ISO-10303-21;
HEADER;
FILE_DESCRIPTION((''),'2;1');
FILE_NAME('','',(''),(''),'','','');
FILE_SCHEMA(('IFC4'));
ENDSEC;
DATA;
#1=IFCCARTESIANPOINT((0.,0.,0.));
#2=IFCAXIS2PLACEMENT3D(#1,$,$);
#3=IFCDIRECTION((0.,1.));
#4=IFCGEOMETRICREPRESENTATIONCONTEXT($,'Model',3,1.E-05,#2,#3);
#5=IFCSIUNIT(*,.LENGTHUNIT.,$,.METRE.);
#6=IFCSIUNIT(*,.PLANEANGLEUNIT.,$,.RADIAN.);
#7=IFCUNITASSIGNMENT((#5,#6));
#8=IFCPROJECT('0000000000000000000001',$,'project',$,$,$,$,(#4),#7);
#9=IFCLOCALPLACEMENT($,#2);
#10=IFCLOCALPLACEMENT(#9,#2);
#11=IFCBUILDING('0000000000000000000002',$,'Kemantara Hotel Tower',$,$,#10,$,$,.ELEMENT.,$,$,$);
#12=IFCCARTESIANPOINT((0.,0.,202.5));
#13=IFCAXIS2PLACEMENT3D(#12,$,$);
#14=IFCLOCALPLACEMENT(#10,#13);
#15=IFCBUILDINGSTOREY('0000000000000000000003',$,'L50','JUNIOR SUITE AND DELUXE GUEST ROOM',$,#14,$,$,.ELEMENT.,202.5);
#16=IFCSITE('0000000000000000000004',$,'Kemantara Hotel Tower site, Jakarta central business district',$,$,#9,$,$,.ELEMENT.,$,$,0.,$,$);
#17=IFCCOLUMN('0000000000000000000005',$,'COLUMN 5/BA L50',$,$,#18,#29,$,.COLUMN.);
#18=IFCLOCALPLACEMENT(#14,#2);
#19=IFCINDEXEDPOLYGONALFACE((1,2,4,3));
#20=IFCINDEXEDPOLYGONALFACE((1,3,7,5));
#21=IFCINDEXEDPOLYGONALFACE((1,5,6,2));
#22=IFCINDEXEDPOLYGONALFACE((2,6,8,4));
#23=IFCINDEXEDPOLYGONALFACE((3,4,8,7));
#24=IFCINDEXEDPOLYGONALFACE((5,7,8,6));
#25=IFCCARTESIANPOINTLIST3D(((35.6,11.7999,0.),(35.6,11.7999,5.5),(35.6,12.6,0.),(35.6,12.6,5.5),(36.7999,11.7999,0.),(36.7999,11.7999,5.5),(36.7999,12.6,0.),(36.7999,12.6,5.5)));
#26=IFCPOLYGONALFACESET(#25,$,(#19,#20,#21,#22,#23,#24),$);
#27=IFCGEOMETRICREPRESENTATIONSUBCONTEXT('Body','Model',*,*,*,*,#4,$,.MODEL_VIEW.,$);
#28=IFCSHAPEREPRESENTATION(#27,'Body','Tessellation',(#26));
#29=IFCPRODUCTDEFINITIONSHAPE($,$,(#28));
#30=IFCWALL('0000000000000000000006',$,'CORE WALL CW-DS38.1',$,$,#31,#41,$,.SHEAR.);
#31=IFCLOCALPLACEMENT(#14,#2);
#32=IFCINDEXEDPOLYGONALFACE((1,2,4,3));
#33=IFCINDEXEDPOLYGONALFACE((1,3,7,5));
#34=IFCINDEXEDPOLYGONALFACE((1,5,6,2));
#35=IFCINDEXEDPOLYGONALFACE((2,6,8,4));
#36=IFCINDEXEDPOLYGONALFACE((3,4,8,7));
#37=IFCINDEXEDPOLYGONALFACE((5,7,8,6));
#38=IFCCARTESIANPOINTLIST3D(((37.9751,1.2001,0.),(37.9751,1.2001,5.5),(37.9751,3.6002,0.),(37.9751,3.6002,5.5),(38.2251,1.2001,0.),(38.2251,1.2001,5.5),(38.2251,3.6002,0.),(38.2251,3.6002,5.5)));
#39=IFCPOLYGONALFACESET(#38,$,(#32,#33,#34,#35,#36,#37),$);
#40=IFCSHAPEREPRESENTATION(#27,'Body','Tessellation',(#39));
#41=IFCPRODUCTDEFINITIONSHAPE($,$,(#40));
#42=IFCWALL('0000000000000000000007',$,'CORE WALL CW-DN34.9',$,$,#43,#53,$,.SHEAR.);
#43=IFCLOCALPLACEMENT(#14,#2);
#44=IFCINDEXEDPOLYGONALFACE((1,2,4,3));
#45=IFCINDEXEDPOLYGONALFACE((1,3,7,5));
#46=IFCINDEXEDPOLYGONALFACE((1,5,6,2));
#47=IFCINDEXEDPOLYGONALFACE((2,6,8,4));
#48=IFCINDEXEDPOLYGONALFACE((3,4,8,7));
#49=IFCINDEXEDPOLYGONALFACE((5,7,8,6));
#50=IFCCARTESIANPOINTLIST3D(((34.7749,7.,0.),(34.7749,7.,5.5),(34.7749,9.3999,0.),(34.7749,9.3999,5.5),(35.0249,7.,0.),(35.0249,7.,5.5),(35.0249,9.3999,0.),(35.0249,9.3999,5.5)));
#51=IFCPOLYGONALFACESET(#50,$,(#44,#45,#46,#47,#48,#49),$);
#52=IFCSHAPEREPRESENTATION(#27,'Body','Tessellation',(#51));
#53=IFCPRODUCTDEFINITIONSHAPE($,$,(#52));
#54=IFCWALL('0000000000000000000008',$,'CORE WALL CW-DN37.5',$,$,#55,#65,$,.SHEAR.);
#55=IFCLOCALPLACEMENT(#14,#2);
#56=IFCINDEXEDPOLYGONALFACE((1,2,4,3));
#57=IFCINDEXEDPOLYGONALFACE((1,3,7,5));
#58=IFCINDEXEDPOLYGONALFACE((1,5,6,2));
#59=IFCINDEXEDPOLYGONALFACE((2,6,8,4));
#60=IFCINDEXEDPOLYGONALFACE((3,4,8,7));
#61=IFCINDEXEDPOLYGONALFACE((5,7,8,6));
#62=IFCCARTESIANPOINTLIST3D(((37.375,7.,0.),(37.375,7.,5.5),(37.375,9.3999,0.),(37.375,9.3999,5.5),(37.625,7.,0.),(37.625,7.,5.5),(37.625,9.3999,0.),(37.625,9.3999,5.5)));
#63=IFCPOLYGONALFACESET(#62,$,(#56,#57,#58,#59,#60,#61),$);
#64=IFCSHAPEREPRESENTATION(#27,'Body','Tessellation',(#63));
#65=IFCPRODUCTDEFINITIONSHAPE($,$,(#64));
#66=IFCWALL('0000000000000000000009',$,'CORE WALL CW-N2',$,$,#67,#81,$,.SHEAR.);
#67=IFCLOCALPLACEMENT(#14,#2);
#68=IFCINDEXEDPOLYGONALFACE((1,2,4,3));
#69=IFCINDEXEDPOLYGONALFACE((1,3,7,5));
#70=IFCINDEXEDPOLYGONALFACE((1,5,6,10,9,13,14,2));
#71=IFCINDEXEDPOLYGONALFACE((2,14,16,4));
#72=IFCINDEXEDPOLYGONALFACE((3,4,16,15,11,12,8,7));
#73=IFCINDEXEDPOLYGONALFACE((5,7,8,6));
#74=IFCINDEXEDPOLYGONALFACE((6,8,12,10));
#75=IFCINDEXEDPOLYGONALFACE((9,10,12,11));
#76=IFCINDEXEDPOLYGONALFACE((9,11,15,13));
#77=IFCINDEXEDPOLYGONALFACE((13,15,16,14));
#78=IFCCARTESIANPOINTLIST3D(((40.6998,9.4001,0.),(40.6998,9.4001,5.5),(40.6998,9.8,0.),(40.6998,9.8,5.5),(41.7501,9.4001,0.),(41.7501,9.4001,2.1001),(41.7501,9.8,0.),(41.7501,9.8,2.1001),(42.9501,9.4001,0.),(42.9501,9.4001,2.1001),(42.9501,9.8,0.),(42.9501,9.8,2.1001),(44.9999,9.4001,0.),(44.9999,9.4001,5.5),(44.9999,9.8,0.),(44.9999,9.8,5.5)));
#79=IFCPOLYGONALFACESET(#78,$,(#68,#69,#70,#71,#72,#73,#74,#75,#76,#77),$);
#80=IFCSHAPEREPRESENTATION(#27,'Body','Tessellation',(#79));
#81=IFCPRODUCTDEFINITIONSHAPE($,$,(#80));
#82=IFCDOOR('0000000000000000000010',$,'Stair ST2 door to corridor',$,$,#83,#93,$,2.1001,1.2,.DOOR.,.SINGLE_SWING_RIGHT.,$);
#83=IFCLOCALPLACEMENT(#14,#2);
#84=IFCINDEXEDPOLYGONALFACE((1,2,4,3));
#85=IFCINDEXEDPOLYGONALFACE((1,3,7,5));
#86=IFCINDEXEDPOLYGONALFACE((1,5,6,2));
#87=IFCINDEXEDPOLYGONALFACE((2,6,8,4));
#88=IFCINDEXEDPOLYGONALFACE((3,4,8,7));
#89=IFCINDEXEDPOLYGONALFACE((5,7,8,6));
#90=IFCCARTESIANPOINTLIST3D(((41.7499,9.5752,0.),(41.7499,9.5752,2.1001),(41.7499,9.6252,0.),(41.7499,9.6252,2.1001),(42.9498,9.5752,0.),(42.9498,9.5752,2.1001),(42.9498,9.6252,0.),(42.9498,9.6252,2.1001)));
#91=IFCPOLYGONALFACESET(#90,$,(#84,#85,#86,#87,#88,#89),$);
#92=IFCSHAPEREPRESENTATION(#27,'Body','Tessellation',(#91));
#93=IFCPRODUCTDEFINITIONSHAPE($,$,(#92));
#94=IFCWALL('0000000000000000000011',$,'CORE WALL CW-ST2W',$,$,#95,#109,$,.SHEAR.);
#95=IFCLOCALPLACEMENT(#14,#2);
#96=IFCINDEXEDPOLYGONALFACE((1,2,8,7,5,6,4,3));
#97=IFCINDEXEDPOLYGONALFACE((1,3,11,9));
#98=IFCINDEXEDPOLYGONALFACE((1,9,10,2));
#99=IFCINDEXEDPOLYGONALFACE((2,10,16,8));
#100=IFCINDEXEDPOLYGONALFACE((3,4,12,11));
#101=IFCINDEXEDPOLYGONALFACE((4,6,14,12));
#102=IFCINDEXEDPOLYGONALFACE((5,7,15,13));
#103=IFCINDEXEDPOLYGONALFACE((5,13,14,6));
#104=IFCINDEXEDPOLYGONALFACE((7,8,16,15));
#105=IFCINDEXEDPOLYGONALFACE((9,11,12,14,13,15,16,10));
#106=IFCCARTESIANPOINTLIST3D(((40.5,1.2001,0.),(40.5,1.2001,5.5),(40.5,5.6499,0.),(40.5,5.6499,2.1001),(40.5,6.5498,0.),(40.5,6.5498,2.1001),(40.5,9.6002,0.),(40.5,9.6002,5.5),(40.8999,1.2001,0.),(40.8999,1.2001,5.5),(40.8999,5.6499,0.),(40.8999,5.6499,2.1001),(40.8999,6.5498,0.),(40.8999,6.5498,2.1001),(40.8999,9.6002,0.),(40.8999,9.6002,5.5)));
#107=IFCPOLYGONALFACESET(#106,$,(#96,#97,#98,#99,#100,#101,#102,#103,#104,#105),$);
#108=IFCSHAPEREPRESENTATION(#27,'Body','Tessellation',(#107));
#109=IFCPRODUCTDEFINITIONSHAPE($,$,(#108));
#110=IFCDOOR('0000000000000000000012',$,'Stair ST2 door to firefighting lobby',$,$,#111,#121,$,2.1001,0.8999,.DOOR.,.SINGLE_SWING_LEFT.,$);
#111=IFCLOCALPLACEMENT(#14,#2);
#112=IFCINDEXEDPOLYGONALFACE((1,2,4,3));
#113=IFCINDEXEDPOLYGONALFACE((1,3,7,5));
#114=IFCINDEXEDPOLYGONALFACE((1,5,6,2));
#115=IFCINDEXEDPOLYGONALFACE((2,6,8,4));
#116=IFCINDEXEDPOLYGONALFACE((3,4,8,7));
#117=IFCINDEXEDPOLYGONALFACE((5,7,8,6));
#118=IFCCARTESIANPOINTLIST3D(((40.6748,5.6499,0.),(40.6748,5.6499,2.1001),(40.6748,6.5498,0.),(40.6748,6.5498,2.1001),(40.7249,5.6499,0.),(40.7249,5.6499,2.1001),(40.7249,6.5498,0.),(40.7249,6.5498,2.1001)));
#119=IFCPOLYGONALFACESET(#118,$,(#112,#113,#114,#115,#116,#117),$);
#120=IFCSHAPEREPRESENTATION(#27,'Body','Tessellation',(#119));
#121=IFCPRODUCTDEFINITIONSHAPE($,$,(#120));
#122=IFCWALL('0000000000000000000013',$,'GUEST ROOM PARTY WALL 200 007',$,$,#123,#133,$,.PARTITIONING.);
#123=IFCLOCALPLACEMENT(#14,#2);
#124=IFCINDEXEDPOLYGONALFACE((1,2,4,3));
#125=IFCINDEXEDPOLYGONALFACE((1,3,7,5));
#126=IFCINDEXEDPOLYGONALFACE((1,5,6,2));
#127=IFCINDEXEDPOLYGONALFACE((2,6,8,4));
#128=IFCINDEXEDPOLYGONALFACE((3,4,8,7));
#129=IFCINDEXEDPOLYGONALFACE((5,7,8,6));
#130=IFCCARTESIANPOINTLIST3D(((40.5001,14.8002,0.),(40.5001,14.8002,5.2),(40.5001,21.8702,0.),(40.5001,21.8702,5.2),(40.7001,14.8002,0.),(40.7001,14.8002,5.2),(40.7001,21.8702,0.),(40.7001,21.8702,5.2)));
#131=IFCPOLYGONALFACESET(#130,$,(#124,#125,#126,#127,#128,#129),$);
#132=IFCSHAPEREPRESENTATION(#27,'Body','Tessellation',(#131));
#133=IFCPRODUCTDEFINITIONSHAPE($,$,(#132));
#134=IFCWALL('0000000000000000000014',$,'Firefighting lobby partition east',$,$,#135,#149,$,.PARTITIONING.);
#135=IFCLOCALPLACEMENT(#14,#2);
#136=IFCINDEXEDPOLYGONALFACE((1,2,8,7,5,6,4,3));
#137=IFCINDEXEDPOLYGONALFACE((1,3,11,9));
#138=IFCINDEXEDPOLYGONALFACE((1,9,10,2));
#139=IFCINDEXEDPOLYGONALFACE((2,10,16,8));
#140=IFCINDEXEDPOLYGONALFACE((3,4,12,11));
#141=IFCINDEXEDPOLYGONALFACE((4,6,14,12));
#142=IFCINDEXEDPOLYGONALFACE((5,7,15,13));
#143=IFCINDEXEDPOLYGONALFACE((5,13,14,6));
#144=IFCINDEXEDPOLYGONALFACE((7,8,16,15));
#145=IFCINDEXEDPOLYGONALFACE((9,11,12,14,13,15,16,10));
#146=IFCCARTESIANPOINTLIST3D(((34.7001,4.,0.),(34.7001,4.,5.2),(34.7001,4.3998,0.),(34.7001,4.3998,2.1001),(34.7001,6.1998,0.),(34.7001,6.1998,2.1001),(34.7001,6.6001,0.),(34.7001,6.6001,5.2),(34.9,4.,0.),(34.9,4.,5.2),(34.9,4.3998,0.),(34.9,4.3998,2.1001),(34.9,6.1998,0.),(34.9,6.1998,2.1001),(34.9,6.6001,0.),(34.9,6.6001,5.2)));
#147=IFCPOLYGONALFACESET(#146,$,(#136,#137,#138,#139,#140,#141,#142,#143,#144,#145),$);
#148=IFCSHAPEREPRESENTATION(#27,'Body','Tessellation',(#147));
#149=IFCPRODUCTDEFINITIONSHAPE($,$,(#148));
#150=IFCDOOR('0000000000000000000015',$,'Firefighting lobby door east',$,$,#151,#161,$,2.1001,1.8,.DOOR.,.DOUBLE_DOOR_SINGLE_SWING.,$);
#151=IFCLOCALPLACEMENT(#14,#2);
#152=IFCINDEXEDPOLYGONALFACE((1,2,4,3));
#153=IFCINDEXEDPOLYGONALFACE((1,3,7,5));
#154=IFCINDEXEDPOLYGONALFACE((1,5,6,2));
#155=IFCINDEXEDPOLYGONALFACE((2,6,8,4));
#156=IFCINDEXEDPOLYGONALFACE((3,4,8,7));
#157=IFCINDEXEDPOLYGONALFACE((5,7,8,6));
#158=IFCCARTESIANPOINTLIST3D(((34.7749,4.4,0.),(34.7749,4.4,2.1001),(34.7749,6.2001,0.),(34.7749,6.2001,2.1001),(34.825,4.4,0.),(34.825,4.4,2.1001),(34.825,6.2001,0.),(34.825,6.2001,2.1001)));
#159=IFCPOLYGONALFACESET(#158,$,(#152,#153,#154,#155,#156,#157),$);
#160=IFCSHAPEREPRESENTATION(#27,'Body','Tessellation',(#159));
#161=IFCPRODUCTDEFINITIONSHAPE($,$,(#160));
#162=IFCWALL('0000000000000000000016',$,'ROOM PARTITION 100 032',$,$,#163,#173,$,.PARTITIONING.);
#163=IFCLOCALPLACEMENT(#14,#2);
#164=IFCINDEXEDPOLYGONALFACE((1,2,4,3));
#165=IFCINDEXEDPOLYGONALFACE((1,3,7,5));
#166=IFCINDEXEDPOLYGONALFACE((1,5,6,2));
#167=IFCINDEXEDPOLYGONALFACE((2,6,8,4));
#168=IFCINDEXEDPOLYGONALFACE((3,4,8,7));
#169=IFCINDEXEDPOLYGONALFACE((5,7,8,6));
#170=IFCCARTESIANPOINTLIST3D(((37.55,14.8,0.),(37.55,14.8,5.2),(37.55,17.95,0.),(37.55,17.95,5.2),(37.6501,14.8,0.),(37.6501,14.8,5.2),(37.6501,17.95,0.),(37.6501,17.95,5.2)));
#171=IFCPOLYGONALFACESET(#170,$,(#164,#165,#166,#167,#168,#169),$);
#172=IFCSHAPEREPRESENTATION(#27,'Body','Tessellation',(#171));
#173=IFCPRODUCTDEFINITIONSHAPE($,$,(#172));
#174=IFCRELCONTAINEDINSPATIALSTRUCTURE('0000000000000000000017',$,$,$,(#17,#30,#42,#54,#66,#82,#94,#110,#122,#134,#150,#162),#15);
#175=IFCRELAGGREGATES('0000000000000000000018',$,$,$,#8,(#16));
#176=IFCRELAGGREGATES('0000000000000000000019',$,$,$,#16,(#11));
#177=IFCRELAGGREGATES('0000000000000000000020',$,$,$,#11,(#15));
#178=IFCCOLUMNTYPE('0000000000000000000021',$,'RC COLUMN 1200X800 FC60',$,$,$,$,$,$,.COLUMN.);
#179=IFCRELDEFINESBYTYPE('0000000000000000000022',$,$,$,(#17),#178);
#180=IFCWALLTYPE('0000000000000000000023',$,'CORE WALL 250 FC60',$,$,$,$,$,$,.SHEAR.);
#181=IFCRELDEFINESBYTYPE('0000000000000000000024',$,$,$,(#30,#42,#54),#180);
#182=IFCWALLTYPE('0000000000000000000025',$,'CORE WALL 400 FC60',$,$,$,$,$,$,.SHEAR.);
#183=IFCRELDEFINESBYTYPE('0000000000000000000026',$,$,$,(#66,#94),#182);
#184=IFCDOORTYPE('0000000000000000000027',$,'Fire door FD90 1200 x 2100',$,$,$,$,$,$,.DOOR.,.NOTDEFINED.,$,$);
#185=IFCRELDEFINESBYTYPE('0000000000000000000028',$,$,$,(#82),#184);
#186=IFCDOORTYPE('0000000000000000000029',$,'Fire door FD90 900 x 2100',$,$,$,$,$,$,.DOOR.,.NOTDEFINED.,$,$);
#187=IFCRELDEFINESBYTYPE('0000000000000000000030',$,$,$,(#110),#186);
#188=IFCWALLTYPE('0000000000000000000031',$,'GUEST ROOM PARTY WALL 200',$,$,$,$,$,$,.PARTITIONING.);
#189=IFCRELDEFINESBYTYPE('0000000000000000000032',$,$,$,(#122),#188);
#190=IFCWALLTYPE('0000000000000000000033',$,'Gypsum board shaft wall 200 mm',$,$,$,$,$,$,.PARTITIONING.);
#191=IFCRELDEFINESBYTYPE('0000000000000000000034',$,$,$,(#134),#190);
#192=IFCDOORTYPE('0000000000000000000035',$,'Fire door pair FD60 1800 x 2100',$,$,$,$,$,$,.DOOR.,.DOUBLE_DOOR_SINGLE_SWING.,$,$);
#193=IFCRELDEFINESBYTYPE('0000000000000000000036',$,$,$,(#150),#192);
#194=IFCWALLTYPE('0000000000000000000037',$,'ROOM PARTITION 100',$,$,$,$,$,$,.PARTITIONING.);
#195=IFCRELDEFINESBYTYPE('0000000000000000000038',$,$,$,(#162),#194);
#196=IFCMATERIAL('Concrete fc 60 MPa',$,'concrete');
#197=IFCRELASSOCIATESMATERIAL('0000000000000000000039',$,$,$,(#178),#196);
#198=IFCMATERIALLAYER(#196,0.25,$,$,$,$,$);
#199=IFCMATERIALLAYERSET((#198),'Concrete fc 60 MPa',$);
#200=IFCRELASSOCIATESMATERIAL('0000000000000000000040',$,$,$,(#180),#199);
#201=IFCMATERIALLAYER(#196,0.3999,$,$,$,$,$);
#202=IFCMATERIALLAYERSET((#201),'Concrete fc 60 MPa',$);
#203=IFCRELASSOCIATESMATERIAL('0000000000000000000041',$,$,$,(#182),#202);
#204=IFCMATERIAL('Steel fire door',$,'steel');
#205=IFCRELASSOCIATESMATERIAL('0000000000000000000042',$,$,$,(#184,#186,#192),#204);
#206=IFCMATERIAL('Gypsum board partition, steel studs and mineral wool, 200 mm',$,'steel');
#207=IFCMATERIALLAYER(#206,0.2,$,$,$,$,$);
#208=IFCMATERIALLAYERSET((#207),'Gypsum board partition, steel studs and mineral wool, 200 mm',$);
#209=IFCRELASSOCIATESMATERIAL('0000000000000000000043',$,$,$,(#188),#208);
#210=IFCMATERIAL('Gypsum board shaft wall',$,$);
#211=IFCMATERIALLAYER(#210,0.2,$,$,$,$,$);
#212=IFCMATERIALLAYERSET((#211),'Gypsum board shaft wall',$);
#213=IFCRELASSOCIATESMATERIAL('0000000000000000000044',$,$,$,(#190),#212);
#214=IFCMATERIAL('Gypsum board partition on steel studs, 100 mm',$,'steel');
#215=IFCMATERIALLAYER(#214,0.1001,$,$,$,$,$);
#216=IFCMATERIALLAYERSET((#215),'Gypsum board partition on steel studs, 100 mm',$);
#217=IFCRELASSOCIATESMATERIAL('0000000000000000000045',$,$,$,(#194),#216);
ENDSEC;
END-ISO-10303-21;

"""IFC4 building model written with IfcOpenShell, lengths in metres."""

from ifc_helpers import new_model, si_unit, direction, frame, frame_2d, origin, origin_2d, place, context, subcontext, project, spatial, rectangle, extrude, material, layer, layer_set, material_profile, profile_set, type_object, element, fill, save


model = new_model("IFC4")

# Units and contexts
model_context = context("Model", 3, precision=1e-05, world=origin(), true_north=direction((0.0, 1.0)))
body_context = subcontext(model_context, "Body", "Model", "MODEL_VIEW")
ifc_project = project(units=[si_unit("LENGTHUNIT", "METRE"), si_unit("PLANEANGLEUNIT", "RADIAN")], contexts=[model_context])

# Site, building, storey
site_placement = place(None, origin())
site = spatial("IfcSite", under=ifc_project, at=site_placement, Name="Kemantara Hotel Tower site, Jakarta central business district", CompositionType="ELEMENT", RefElevation=0.0)
building_placement = place(site_placement, origin())
building = spatial("IfcBuilding", under=site, at=building_placement, Name="Kemantara Hotel Tower", CompositionType="ELEMENT")
storey_placement = place(building_placement, frame((0.0, 0.0, 202.5)))
storey = spatial("IfcBuildingStorey", under=building, at=storey_placement, Name="L50", Description="JUNIOR SUITE AND DELUXE GUEST ROOM", CompositionType="ELEMENT", Elevation=202.5)

# Column
ifc_material_1 = material(Name="Concrete fc 60 MPa", Category="concrete")
ifc_material_profile = material_profile(ifc_material_1, rectangle(XDim=1.2, YDim=0.8, at=origin_2d()), Name="RC 1200X800")
ifc_profile_set = profile_set([ifc_material_profile], Name="Concrete fc 60 MPa")
column_type = type_object("IfcColumnType", Name="RC COLUMN 1200X800 FC60", PredefinedType="COLUMN", material=ifc_profile_set)
column_placement = place(storey_placement, frame((36.2, 12.2, 0.0), z_axis=(0.0, 0.0, 1.0), x_axis=(1.0, 0.0, 0.0)))
element("IfcColumn", 1, at=column_placement, inside=storey, type_object=column_type, Name="COLUMN 5/BA L50", PredefinedType="COLUMN", context=body_context, shape_type="SweptSolid", body=[
    extrude(rectangle(XDim=1.2, YDim=0.8, at=origin_2d()), origin(), (0.0, 0.0, 1.0), 5.5),
])

# Walls
ifc_layer_1 = layer(ifc_material_1, 0.25)
ifc_layer_set_1 = layer_set([ifc_layer_1], Name="Concrete fc 60 MPa")
wall_type_1 = type_object("IfcWallType", Name="CORE WALL 250 FC60", PredefinedType="SHEAR", material=ifc_layer_set_1)
wall_1_placement = place(storey_placement, frame((38.1001, 1.2, 0.0), z_axis=(0.0, 0.0, 1.0), x_axis=(0.0, 1.0, 0.0)))
element("IfcWall", 2, at=wall_1_placement, inside=storey, type_object=wall_type_1, Name="CORE WALL CW-DS38.1", PredefinedType="SHEAR", context=body_context, shape_type="SweptSolid", body=[
    extrude(rectangle(XDim=2.4001, YDim=0.25, at=frame_2d((1.2002, 0.0))), origin(), (0.0, 0.0, 1.0), 5.5),
])
for number, where, z_axis, x_axis, name in (
    (3, (34.8999, 7.0, 0.0), (0.0, 0.0, 1.0), (0.0, 1.0, 0.0), "CORE WALL CW-DN34.9"),
    (4, (37.5, 7.0, 0.0), (0.0, 0.0, 1.0), (0.0, 1.0, 0.0), "CORE WALL CW-DN37.5"),
):
    element("IfcWall", number, at=place(storey_placement, frame(where, z_axis=z_axis, x_axis=x_axis)), inside=storey, type_object=wall_type_1, Name=name, PredefinedType="SHEAR", context=body_context, shape_type="SweptSolid", body=[
        extrude(rectangle(XDim=2.3999, YDim=0.25, at=frame_2d((1.2, 0.0))), origin(), (0.0, 0.0, 1.0), 5.5),
    ])

# Walls, openings, doors
ifc_layer_2 = layer(ifc_material_1, 0.3999)
ifc_layer_set_2 = layer_set([ifc_layer_2], Name="Concrete fc 60 MPa")
wall_type_2 = type_object("IfcWallType", Name="CORE WALL 400 FC60", PredefinedType="SHEAR", material=ifc_layer_set_2)
wall_2_placement = place(storey_placement, frame((40.7, 9.6001, 0.0), z_axis=(0.0, 0.0, 1.0), x_axis=(1.0, 0.0, 0.0)))
wall_2 = element("IfcWall", 5, at=wall_2_placement, inside=storey, type_object=wall_type_2, Name="CORE WALL CW-N2", PredefinedType="SHEAR", context=body_context, shape_type="SweptSolid", body=[
    extrude(rectangle(XDim=4.3, YDim=0.3999, at=frame_2d((2.1499, 0.0))), origin(), (0.0, 0.0, 1.0), 5.5),
])
opening_1_placement = place(wall_2_placement, frame((1.05, 0.0, 0.0)))
opening_1 = element("IfcOpeningElement", 6, at=opening_1_placement, cuts=wall_2, PredefinedType="OPENING", context=body_context, shape_type="SweptSolid", body=[
    extrude(rectangle(XDim=1.2, YDim=2.1001, at=frame_2d((0.6001, 1.05))), frame((0.0, 0.21, 0.0), z_axis=(0.0, -1.0, 0.0), x_axis=(1.0, 0.0, 0.0)), (0.0, 0.0, 1.0), 0.4199),
])
ifc_material_2 = material(Name="Steel fire door", Category="steel")
door_type_1 = type_object("IfcDoorType", Name="Fire door FD90 1200 x 2100", OperationType="NOTDEFINED", PredefinedType="DOOR", material=ifc_material_2)
door_1_placement = place(opening_1_placement, frame((1.2, 0.0, 0.0), z_axis=(0.0, 0.0, 1.0), x_axis=(-1.0, 0.0, 0.0)))
door_1 = element("IfcDoor", 7, at=door_1_placement, inside=storey, type_object=door_type_1, Name="Stair ST2 door to corridor", OperationType="SINGLE_SWING_RIGHT", OverallHeight=2.1001, OverallWidth=1.2, PredefinedType="DOOR", context=body_context, shape_type="SweptSolid", body=[
    extrude(rectangle(XDim=1.2, YDim=2.1001, at=frame_2d((0.6001, 1.05))), frame((0.0, 0.0249, 0.0), z_axis=(0.0, -1.0, 0.0), x_axis=(1.0, 0.0, 0.0)), (0.0, 0.0, 1.0), 0.05),
])
fill(opening_1, door_1)
wall_3_placement = place(storey_placement, frame((40.7, 1.2, 0.0), z_axis=(0.0, 0.0, 1.0), x_axis=(0.0, 1.0, 0.0)))
wall_3 = element("IfcWall", 8, at=wall_3_placement, inside=storey, type_object=wall_type_2, Name="CORE WALL CW-ST2W", PredefinedType="SHEAR", context=body_context, shape_type="SweptSolid", body=[
    extrude(rectangle(XDim=8.4001, YDim=0.3999, at=frame_2d((4.2002, 0.0))), origin(), (0.0, 0.0, 1.0), 5.5),
])
opening_2_placement = place(wall_3_placement, frame((4.45, 0.0, 0.0)))
opening_2 = element("IfcOpeningElement", 9, at=opening_2_placement, cuts=wall_3, PredefinedType="OPENING", context=body_context, shape_type="SweptSolid", body=[
    extrude(rectangle(XDim=0.8999, YDim=2.1001, at=frame_2d((0.45, 1.05))), frame((0.0, 0.21, 0.0), z_axis=(0.0, -1.0, 0.0), x_axis=(1.0, 0.0, 0.0)), (0.0, 0.0, 1.0), 0.4199),
])
door_type_2 = type_object("IfcDoorType", Name="Fire door FD90 900 x 2100", OperationType="NOTDEFINED", PredefinedType="DOOR", material=ifc_material_2)
door_2_placement = place(opening_2_placement, frame((0.8999, 0.0, 0.0), z_axis=(0.0, 0.0, 1.0), x_axis=(-1.0, 0.0, 0.0)))
door_2 = element("IfcDoor", 10, at=door_2_placement, inside=storey, type_object=door_type_2, Name="Stair ST2 door to firefighting lobby", OperationType="SINGLE_SWING_LEFT", OverallHeight=2.1001, OverallWidth=0.8999, PredefinedType="DOOR", context=body_context, shape_type="SweptSolid", body=[
    extrude(rectangle(XDim=0.8999, YDim=2.1001, at=frame_2d((0.45, 1.05))), frame((0.0, 0.0249, 0.0), z_axis=(0.0, -1.0, 0.0), x_axis=(1.0, 0.0, 0.0)), (0.0, 0.0, 1.0), 0.05),
])
fill(opening_2, door_2)

# Wall
ifc_material_3 = material(Name="Gypsum board partition, steel studs and mineral wool, 200 mm", Category="steel")
ifc_layer_3 = layer(ifc_material_3, 0.2)
ifc_layer_set_3 = layer_set([ifc_layer_3], Name="Gypsum board partition, steel studs and mineral wool, 200 mm")
wall_type_3 = type_object("IfcWallType", Name="GUEST ROOM PARTY WALL 200", PredefinedType="PARTITIONING", material=ifc_layer_set_3)
wall_4_placement = place(storey_placement, frame((40.6001, 14.8, 0.0), z_axis=(0.0, 0.0, 1.0), x_axis=(0.0, 1.0, 0.0)))
element("IfcWall", 11, at=wall_4_placement, inside=storey, type_object=wall_type_3, Name="GUEST ROOM PARTY WALL 200 007", PredefinedType="PARTITIONING", context=body_context, shape_type="SweptSolid", body=[
    extrude(rectangle(XDim=7.0701, YDim=0.2, at=frame_2d((3.5352, 0.0))), origin(), (0.0, 0.0, 1.0), 5.2),
])

# Wall, opening, door
ifc_material_4 = material(Name="Gypsum board shaft wall")
ifc_layer_4 = layer(ifc_material_4, 0.2)
ifc_layer_set_4 = layer_set([ifc_layer_4], Name="Gypsum board shaft wall")
wall_type_4 = type_object("IfcWallType", Name="Gypsum board shaft wall 200 mm", PredefinedType="PARTITIONING", material=ifc_layer_set_4)
wall_5_placement = place(storey_placement, frame((34.8, 4.0, 0.0), z_axis=(0.0, 0.0, 1.0), x_axis=(0.0, 1.0, 0.0)))
wall_5 = element("IfcWall", 12, at=wall_5_placement, inside=storey, type_object=wall_type_4, Name="Firefighting lobby partition east", PredefinedType="PARTITIONING", context=body_context, shape_type="SweptSolid", body=[
    extrude(rectangle(XDim=2.6001, YDim=0.2, at=frame_2d((1.3, 0.0))), origin(), (0.0, 0.0, 1.0), 5.2),
])
opening_3_placement = place(wall_5_placement, frame((0.3999, 0.0, 0.0)))
opening_3 = element("IfcOpeningElement", 13, at=opening_3_placement, cuts=wall_5, PredefinedType="OPENING", context=body_context, shape_type="SweptSolid", body=[
    extrude(rectangle(XDim=1.8, YDim=2.1001, at=frame_2d((0.8999, 1.05))), frame((0.0, 0.1099, 0.0), z_axis=(0.0, -1.0, 0.0), x_axis=(1.0, 0.0, 0.0)), (0.0, 0.0, 1.0), 0.22),
])
door_type_3 = type_object("IfcDoorType", Name="Fire door pair FD60 1800 x 2100", OperationType="DOUBLE_DOOR_SINGLE_SWING", PredefinedType="DOOR", material=ifc_material_2)
door_3_placement = place(opening_3_placement, frame((1.8, 0.0, 0.0), z_axis=(0.0, 0.0, 1.0), x_axis=(-1.0, 0.0, 0.0)))
door_3 = element("IfcDoor", 14, at=door_3_placement, inside=storey, type_object=door_type_3, Name="Firefighting lobby door east", OperationType="DOUBLE_DOOR_SINGLE_SWING", OverallHeight=2.1001, OverallWidth=1.8, PredefinedType="DOOR", context=body_context, shape_type="SweptSolid", body=[
    extrude(rectangle(XDim=1.8, YDim=2.1001, at=frame_2d((0.8999, 1.05))), frame((0.0, 0.0249, 0.0), z_axis=(0.0, -1.0, 0.0), x_axis=(1.0, 0.0, 0.0)), (0.0, 0.0, 1.0), 0.05),
])
fill(opening_3, door_3)

# Wall
ifc_material_5 = material(Name="Gypsum board partition on steel studs, 100 mm", Category="steel")
ifc_layer_5 = layer(ifc_material_5, 0.1001)
ifc_layer_set_5 = layer_set([ifc_layer_5], Name="Gypsum board partition on steel studs, 100 mm")
wall_type_5 = type_object("IfcWallType", Name="ROOM PARTITION 100", PredefinedType="PARTITIONING", material=ifc_layer_set_5)
wall_6_placement = place(storey_placement, frame((37.6001, 14.8, 0.0), z_axis=(0.0, 0.0, 1.0), x_axis=(0.0, 1.0, 0.0)))
element("IfcWall", 15, at=wall_6_placement, inside=storey, type_object=wall_type_5, Name="ROOM PARTITION 100 032", PredefinedType="PARTITIONING", context=body_context, shape_type="SweptSolid", body=[
    extrude(rectangle(XDim=3.1499, YDim=0.1001, at=frame_2d((1.575, 0.0))), origin(), (0.0, 0.0, 1.0), 5.2),
])

save(model, "model.ifc")
